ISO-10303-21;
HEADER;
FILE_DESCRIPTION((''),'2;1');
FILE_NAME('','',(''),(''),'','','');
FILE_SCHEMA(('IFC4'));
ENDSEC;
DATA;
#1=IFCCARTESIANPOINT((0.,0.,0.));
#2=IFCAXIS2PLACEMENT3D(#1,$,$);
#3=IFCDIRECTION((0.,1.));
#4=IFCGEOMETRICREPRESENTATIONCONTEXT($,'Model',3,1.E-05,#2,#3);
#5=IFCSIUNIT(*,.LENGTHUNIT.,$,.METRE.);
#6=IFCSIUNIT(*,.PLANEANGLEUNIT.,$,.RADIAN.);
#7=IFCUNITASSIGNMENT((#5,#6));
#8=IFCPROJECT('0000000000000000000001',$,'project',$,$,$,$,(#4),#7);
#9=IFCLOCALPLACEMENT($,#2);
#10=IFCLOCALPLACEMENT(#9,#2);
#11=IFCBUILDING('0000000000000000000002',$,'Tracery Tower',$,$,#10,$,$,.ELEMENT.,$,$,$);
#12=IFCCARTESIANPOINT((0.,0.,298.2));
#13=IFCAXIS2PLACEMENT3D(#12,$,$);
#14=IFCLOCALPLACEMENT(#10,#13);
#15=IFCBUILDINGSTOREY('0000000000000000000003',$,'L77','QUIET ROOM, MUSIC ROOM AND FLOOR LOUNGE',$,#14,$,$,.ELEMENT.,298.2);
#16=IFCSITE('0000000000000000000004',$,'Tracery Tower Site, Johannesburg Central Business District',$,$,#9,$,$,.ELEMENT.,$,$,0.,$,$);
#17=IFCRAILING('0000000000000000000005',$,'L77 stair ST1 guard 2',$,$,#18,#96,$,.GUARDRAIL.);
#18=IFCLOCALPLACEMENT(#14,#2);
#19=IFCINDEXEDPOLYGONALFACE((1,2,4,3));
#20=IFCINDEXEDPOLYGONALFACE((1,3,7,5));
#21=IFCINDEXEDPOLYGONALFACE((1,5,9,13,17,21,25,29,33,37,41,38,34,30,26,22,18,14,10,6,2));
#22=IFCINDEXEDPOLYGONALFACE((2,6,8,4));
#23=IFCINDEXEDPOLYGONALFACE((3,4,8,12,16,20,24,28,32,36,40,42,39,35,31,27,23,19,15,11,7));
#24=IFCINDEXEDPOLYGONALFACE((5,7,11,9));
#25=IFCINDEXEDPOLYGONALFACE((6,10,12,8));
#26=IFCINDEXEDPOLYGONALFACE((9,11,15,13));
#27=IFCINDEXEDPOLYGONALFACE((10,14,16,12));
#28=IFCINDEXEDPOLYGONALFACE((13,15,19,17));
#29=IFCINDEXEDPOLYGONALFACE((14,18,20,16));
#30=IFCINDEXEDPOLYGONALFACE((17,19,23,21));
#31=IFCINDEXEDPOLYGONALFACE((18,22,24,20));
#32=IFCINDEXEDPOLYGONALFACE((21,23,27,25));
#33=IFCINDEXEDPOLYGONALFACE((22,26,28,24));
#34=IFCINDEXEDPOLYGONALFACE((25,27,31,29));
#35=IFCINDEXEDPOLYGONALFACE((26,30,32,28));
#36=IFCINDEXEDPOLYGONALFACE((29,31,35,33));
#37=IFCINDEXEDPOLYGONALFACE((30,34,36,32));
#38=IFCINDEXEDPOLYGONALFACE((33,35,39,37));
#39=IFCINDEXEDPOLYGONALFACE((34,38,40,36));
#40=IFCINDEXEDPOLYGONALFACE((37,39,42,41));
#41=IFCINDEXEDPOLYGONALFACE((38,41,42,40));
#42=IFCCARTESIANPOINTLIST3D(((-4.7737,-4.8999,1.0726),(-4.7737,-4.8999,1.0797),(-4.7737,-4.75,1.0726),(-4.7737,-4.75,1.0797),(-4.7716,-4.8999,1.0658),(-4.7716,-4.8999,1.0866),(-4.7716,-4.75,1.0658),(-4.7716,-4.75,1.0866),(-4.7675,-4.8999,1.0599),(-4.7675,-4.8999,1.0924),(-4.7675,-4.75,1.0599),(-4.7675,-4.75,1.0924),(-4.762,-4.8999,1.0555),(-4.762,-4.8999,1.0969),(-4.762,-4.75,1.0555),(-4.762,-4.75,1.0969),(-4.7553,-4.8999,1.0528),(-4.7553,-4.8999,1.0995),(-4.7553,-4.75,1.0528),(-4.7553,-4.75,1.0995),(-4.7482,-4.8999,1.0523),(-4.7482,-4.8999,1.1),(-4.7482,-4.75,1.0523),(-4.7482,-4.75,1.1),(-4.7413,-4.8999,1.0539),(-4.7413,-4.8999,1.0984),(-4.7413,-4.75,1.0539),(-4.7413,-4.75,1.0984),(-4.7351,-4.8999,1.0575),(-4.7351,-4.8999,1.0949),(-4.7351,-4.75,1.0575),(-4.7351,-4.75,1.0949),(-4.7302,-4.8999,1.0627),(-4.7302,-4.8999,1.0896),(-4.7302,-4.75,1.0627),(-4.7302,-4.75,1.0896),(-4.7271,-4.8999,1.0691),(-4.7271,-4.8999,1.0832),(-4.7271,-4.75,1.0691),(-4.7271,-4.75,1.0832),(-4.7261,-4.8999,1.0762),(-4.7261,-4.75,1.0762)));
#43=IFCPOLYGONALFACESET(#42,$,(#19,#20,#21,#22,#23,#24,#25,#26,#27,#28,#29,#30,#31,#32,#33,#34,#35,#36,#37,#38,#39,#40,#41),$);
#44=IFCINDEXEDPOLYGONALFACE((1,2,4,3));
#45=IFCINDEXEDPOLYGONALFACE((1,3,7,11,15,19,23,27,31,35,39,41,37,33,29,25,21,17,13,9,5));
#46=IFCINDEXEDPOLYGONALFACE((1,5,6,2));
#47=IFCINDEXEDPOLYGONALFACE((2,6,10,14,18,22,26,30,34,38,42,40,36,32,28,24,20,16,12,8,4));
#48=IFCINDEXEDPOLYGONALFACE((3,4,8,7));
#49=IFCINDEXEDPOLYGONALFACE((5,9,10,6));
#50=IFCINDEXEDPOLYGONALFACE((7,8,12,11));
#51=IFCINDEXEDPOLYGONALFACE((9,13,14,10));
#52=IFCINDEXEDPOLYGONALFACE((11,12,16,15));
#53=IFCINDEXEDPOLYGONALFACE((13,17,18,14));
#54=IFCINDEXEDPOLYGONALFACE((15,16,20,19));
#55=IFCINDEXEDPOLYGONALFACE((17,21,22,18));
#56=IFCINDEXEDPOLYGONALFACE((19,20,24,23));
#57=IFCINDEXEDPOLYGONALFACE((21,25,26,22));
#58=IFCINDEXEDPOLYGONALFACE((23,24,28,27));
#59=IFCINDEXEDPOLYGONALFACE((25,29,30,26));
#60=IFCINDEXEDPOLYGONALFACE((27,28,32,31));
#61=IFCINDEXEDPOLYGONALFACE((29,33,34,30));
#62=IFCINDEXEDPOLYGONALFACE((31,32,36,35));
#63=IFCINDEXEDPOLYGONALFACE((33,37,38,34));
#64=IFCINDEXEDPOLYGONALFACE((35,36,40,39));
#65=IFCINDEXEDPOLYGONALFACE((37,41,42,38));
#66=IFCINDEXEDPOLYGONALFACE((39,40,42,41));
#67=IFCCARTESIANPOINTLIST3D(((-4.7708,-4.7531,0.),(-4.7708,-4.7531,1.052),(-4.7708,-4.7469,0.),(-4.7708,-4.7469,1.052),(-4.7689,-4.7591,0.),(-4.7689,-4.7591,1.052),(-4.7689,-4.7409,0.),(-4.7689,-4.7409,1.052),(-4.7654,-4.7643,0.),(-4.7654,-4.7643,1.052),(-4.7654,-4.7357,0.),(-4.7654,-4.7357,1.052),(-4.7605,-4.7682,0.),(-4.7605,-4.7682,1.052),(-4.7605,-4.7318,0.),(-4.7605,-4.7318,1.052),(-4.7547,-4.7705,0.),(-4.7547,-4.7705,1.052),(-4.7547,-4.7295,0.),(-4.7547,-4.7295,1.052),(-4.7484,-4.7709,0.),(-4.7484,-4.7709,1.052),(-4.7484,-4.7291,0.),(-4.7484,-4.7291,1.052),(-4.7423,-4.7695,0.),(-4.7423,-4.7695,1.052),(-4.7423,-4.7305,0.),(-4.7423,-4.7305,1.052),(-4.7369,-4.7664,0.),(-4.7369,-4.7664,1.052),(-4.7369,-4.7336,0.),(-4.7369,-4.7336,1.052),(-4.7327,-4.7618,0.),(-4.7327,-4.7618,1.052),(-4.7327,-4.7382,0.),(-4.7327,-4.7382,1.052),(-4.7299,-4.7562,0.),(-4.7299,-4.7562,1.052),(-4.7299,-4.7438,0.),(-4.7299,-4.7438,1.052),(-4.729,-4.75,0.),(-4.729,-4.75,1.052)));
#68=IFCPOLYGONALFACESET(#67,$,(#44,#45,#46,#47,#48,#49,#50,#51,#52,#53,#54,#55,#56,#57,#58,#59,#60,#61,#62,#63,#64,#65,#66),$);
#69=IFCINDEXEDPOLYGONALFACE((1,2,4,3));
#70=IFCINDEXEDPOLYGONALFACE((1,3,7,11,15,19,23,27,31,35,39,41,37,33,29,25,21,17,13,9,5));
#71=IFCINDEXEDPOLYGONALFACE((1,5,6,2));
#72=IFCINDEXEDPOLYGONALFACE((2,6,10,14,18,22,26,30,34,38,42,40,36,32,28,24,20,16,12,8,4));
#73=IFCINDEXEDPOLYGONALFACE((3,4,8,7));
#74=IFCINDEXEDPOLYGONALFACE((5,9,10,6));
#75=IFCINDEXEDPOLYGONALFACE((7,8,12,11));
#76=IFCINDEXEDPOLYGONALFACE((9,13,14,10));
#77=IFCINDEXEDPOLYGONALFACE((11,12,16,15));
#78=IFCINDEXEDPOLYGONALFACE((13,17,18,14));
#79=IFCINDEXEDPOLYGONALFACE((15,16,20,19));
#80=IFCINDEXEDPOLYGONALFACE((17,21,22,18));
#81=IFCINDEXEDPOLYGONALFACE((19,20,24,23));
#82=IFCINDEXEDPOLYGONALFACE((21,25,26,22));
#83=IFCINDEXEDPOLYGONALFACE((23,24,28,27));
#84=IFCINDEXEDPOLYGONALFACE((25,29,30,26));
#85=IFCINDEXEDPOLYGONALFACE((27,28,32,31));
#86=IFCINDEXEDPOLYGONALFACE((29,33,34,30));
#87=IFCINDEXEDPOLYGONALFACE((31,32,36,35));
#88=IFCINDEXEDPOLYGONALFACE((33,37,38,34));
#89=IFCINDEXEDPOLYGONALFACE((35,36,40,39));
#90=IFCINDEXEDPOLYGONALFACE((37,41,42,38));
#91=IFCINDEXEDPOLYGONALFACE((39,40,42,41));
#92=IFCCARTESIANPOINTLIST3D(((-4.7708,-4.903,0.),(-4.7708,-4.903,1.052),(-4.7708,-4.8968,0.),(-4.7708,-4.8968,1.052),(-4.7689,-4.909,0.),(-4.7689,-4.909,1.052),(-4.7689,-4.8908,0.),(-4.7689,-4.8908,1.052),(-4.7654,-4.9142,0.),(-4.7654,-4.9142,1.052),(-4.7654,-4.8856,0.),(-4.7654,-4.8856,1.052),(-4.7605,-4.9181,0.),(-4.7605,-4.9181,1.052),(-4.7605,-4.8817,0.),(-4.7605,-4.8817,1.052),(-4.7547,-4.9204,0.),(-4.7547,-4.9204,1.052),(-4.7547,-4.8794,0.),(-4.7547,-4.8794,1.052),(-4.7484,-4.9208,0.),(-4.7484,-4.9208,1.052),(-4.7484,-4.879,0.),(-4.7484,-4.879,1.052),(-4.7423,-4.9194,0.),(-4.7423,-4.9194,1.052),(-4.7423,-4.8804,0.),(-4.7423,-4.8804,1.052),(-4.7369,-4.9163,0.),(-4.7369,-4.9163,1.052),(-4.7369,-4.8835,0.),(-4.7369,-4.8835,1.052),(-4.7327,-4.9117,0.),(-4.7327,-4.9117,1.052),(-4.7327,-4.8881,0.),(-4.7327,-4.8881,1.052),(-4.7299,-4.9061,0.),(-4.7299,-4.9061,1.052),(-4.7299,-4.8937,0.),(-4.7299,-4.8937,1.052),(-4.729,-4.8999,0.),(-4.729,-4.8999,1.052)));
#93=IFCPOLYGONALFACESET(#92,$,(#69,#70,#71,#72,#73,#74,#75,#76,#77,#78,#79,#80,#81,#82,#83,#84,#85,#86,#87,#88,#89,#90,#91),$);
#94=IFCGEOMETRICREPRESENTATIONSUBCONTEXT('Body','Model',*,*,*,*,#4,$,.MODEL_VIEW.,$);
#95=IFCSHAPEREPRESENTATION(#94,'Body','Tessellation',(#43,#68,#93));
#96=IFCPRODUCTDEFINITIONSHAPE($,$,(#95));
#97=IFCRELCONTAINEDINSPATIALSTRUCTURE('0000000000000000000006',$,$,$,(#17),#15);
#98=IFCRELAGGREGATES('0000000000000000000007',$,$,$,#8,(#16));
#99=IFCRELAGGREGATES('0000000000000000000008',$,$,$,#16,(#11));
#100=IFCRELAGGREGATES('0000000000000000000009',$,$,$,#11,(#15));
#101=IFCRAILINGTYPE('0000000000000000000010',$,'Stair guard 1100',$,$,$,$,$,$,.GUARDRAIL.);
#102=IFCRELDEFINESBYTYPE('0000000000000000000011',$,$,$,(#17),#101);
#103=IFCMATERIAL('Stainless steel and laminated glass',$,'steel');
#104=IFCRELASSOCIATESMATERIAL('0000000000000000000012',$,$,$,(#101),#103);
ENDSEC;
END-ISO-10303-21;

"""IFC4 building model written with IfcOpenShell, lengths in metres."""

from ifc_helpers import new_model, si_unit, direction, frame, origin, origin_2d, place, context, subcontext, project, spatial, circle, extrude, material, type_object, element, save


model = new_model("IFC4")

# Units and contexts
model_context = context("Model", 3, precision=1e-05, world=origin(), true_north=direction((0.0, 1.0)))
body_context = subcontext(model_context, "Body", "Model", "MODEL_VIEW")
ifc_project = project(units=[si_unit("LENGTHUNIT", "METRE"), si_unit("PLANEANGLEUNIT", "RADIAN")], contexts=[model_context])

# Site, building, storey
site_placement = place(None, origin())
site = spatial("IfcSite", under=ifc_project, at=site_placement, Name="Tracery Tower Site, Johannesburg Central Business District", CompositionType="ELEMENT", RefElevation=0.0)
building_placement = place(site_placement, origin())
building = spatial("IfcBuilding", under=site, at=building_placement, Name="Tracery Tower", CompositionType="ELEMENT")
storey_placement = place(building_placement, frame((0.0, 0.0, 298.2)))
storey = spatial("IfcBuildingStorey", under=building, at=storey_placement, Name="L77", Description="QUIET ROOM, MUSIC ROOM AND FLOOR LOUNGE", CompositionType="ELEMENT", Elevation=298.2)

# Railing
ifc_material_1 = material(Name="Stainless steel and laminated glass", Category="steel")
railing_type_1 = type_object("IfcRailingType", Name="Stair guard 1100", PredefinedType="GUARDRAIL", material=ifc_material_1)
railing_1_placement = place(storey_placement, frame((-4.75, -4.75, 0.0)))
element("IfcRailing", 1, at=railing_1_placement, inside=storey, type_object=railing_type_1, Name="L77 stair ST1 guard 2", PredefinedType="GUARDRAIL", context=body_context, shape_type="SweptSolid", body=[
    extrude(circle(Radius=0.0239, at=origin_2d()), frame((0.0, 0.0, 1.0762), z_axis=(0.0, -1.0, 0.0), x_axis=(1.0, 0.0, 0.0)), (0.0, 0.0, 1.0), 0.1499),
    extrude(circle(Radius=0.021, at=origin_2d()), origin(), (0.0, 0.0, 1.0), 1.052),
    extrude(circle(Radius=0.021, at=origin_2d()), frame((0.0, -0.1499, 0.0)), (0.0, 0.0, 1.0), 1.052),
])

save(model, "model.ifc")
